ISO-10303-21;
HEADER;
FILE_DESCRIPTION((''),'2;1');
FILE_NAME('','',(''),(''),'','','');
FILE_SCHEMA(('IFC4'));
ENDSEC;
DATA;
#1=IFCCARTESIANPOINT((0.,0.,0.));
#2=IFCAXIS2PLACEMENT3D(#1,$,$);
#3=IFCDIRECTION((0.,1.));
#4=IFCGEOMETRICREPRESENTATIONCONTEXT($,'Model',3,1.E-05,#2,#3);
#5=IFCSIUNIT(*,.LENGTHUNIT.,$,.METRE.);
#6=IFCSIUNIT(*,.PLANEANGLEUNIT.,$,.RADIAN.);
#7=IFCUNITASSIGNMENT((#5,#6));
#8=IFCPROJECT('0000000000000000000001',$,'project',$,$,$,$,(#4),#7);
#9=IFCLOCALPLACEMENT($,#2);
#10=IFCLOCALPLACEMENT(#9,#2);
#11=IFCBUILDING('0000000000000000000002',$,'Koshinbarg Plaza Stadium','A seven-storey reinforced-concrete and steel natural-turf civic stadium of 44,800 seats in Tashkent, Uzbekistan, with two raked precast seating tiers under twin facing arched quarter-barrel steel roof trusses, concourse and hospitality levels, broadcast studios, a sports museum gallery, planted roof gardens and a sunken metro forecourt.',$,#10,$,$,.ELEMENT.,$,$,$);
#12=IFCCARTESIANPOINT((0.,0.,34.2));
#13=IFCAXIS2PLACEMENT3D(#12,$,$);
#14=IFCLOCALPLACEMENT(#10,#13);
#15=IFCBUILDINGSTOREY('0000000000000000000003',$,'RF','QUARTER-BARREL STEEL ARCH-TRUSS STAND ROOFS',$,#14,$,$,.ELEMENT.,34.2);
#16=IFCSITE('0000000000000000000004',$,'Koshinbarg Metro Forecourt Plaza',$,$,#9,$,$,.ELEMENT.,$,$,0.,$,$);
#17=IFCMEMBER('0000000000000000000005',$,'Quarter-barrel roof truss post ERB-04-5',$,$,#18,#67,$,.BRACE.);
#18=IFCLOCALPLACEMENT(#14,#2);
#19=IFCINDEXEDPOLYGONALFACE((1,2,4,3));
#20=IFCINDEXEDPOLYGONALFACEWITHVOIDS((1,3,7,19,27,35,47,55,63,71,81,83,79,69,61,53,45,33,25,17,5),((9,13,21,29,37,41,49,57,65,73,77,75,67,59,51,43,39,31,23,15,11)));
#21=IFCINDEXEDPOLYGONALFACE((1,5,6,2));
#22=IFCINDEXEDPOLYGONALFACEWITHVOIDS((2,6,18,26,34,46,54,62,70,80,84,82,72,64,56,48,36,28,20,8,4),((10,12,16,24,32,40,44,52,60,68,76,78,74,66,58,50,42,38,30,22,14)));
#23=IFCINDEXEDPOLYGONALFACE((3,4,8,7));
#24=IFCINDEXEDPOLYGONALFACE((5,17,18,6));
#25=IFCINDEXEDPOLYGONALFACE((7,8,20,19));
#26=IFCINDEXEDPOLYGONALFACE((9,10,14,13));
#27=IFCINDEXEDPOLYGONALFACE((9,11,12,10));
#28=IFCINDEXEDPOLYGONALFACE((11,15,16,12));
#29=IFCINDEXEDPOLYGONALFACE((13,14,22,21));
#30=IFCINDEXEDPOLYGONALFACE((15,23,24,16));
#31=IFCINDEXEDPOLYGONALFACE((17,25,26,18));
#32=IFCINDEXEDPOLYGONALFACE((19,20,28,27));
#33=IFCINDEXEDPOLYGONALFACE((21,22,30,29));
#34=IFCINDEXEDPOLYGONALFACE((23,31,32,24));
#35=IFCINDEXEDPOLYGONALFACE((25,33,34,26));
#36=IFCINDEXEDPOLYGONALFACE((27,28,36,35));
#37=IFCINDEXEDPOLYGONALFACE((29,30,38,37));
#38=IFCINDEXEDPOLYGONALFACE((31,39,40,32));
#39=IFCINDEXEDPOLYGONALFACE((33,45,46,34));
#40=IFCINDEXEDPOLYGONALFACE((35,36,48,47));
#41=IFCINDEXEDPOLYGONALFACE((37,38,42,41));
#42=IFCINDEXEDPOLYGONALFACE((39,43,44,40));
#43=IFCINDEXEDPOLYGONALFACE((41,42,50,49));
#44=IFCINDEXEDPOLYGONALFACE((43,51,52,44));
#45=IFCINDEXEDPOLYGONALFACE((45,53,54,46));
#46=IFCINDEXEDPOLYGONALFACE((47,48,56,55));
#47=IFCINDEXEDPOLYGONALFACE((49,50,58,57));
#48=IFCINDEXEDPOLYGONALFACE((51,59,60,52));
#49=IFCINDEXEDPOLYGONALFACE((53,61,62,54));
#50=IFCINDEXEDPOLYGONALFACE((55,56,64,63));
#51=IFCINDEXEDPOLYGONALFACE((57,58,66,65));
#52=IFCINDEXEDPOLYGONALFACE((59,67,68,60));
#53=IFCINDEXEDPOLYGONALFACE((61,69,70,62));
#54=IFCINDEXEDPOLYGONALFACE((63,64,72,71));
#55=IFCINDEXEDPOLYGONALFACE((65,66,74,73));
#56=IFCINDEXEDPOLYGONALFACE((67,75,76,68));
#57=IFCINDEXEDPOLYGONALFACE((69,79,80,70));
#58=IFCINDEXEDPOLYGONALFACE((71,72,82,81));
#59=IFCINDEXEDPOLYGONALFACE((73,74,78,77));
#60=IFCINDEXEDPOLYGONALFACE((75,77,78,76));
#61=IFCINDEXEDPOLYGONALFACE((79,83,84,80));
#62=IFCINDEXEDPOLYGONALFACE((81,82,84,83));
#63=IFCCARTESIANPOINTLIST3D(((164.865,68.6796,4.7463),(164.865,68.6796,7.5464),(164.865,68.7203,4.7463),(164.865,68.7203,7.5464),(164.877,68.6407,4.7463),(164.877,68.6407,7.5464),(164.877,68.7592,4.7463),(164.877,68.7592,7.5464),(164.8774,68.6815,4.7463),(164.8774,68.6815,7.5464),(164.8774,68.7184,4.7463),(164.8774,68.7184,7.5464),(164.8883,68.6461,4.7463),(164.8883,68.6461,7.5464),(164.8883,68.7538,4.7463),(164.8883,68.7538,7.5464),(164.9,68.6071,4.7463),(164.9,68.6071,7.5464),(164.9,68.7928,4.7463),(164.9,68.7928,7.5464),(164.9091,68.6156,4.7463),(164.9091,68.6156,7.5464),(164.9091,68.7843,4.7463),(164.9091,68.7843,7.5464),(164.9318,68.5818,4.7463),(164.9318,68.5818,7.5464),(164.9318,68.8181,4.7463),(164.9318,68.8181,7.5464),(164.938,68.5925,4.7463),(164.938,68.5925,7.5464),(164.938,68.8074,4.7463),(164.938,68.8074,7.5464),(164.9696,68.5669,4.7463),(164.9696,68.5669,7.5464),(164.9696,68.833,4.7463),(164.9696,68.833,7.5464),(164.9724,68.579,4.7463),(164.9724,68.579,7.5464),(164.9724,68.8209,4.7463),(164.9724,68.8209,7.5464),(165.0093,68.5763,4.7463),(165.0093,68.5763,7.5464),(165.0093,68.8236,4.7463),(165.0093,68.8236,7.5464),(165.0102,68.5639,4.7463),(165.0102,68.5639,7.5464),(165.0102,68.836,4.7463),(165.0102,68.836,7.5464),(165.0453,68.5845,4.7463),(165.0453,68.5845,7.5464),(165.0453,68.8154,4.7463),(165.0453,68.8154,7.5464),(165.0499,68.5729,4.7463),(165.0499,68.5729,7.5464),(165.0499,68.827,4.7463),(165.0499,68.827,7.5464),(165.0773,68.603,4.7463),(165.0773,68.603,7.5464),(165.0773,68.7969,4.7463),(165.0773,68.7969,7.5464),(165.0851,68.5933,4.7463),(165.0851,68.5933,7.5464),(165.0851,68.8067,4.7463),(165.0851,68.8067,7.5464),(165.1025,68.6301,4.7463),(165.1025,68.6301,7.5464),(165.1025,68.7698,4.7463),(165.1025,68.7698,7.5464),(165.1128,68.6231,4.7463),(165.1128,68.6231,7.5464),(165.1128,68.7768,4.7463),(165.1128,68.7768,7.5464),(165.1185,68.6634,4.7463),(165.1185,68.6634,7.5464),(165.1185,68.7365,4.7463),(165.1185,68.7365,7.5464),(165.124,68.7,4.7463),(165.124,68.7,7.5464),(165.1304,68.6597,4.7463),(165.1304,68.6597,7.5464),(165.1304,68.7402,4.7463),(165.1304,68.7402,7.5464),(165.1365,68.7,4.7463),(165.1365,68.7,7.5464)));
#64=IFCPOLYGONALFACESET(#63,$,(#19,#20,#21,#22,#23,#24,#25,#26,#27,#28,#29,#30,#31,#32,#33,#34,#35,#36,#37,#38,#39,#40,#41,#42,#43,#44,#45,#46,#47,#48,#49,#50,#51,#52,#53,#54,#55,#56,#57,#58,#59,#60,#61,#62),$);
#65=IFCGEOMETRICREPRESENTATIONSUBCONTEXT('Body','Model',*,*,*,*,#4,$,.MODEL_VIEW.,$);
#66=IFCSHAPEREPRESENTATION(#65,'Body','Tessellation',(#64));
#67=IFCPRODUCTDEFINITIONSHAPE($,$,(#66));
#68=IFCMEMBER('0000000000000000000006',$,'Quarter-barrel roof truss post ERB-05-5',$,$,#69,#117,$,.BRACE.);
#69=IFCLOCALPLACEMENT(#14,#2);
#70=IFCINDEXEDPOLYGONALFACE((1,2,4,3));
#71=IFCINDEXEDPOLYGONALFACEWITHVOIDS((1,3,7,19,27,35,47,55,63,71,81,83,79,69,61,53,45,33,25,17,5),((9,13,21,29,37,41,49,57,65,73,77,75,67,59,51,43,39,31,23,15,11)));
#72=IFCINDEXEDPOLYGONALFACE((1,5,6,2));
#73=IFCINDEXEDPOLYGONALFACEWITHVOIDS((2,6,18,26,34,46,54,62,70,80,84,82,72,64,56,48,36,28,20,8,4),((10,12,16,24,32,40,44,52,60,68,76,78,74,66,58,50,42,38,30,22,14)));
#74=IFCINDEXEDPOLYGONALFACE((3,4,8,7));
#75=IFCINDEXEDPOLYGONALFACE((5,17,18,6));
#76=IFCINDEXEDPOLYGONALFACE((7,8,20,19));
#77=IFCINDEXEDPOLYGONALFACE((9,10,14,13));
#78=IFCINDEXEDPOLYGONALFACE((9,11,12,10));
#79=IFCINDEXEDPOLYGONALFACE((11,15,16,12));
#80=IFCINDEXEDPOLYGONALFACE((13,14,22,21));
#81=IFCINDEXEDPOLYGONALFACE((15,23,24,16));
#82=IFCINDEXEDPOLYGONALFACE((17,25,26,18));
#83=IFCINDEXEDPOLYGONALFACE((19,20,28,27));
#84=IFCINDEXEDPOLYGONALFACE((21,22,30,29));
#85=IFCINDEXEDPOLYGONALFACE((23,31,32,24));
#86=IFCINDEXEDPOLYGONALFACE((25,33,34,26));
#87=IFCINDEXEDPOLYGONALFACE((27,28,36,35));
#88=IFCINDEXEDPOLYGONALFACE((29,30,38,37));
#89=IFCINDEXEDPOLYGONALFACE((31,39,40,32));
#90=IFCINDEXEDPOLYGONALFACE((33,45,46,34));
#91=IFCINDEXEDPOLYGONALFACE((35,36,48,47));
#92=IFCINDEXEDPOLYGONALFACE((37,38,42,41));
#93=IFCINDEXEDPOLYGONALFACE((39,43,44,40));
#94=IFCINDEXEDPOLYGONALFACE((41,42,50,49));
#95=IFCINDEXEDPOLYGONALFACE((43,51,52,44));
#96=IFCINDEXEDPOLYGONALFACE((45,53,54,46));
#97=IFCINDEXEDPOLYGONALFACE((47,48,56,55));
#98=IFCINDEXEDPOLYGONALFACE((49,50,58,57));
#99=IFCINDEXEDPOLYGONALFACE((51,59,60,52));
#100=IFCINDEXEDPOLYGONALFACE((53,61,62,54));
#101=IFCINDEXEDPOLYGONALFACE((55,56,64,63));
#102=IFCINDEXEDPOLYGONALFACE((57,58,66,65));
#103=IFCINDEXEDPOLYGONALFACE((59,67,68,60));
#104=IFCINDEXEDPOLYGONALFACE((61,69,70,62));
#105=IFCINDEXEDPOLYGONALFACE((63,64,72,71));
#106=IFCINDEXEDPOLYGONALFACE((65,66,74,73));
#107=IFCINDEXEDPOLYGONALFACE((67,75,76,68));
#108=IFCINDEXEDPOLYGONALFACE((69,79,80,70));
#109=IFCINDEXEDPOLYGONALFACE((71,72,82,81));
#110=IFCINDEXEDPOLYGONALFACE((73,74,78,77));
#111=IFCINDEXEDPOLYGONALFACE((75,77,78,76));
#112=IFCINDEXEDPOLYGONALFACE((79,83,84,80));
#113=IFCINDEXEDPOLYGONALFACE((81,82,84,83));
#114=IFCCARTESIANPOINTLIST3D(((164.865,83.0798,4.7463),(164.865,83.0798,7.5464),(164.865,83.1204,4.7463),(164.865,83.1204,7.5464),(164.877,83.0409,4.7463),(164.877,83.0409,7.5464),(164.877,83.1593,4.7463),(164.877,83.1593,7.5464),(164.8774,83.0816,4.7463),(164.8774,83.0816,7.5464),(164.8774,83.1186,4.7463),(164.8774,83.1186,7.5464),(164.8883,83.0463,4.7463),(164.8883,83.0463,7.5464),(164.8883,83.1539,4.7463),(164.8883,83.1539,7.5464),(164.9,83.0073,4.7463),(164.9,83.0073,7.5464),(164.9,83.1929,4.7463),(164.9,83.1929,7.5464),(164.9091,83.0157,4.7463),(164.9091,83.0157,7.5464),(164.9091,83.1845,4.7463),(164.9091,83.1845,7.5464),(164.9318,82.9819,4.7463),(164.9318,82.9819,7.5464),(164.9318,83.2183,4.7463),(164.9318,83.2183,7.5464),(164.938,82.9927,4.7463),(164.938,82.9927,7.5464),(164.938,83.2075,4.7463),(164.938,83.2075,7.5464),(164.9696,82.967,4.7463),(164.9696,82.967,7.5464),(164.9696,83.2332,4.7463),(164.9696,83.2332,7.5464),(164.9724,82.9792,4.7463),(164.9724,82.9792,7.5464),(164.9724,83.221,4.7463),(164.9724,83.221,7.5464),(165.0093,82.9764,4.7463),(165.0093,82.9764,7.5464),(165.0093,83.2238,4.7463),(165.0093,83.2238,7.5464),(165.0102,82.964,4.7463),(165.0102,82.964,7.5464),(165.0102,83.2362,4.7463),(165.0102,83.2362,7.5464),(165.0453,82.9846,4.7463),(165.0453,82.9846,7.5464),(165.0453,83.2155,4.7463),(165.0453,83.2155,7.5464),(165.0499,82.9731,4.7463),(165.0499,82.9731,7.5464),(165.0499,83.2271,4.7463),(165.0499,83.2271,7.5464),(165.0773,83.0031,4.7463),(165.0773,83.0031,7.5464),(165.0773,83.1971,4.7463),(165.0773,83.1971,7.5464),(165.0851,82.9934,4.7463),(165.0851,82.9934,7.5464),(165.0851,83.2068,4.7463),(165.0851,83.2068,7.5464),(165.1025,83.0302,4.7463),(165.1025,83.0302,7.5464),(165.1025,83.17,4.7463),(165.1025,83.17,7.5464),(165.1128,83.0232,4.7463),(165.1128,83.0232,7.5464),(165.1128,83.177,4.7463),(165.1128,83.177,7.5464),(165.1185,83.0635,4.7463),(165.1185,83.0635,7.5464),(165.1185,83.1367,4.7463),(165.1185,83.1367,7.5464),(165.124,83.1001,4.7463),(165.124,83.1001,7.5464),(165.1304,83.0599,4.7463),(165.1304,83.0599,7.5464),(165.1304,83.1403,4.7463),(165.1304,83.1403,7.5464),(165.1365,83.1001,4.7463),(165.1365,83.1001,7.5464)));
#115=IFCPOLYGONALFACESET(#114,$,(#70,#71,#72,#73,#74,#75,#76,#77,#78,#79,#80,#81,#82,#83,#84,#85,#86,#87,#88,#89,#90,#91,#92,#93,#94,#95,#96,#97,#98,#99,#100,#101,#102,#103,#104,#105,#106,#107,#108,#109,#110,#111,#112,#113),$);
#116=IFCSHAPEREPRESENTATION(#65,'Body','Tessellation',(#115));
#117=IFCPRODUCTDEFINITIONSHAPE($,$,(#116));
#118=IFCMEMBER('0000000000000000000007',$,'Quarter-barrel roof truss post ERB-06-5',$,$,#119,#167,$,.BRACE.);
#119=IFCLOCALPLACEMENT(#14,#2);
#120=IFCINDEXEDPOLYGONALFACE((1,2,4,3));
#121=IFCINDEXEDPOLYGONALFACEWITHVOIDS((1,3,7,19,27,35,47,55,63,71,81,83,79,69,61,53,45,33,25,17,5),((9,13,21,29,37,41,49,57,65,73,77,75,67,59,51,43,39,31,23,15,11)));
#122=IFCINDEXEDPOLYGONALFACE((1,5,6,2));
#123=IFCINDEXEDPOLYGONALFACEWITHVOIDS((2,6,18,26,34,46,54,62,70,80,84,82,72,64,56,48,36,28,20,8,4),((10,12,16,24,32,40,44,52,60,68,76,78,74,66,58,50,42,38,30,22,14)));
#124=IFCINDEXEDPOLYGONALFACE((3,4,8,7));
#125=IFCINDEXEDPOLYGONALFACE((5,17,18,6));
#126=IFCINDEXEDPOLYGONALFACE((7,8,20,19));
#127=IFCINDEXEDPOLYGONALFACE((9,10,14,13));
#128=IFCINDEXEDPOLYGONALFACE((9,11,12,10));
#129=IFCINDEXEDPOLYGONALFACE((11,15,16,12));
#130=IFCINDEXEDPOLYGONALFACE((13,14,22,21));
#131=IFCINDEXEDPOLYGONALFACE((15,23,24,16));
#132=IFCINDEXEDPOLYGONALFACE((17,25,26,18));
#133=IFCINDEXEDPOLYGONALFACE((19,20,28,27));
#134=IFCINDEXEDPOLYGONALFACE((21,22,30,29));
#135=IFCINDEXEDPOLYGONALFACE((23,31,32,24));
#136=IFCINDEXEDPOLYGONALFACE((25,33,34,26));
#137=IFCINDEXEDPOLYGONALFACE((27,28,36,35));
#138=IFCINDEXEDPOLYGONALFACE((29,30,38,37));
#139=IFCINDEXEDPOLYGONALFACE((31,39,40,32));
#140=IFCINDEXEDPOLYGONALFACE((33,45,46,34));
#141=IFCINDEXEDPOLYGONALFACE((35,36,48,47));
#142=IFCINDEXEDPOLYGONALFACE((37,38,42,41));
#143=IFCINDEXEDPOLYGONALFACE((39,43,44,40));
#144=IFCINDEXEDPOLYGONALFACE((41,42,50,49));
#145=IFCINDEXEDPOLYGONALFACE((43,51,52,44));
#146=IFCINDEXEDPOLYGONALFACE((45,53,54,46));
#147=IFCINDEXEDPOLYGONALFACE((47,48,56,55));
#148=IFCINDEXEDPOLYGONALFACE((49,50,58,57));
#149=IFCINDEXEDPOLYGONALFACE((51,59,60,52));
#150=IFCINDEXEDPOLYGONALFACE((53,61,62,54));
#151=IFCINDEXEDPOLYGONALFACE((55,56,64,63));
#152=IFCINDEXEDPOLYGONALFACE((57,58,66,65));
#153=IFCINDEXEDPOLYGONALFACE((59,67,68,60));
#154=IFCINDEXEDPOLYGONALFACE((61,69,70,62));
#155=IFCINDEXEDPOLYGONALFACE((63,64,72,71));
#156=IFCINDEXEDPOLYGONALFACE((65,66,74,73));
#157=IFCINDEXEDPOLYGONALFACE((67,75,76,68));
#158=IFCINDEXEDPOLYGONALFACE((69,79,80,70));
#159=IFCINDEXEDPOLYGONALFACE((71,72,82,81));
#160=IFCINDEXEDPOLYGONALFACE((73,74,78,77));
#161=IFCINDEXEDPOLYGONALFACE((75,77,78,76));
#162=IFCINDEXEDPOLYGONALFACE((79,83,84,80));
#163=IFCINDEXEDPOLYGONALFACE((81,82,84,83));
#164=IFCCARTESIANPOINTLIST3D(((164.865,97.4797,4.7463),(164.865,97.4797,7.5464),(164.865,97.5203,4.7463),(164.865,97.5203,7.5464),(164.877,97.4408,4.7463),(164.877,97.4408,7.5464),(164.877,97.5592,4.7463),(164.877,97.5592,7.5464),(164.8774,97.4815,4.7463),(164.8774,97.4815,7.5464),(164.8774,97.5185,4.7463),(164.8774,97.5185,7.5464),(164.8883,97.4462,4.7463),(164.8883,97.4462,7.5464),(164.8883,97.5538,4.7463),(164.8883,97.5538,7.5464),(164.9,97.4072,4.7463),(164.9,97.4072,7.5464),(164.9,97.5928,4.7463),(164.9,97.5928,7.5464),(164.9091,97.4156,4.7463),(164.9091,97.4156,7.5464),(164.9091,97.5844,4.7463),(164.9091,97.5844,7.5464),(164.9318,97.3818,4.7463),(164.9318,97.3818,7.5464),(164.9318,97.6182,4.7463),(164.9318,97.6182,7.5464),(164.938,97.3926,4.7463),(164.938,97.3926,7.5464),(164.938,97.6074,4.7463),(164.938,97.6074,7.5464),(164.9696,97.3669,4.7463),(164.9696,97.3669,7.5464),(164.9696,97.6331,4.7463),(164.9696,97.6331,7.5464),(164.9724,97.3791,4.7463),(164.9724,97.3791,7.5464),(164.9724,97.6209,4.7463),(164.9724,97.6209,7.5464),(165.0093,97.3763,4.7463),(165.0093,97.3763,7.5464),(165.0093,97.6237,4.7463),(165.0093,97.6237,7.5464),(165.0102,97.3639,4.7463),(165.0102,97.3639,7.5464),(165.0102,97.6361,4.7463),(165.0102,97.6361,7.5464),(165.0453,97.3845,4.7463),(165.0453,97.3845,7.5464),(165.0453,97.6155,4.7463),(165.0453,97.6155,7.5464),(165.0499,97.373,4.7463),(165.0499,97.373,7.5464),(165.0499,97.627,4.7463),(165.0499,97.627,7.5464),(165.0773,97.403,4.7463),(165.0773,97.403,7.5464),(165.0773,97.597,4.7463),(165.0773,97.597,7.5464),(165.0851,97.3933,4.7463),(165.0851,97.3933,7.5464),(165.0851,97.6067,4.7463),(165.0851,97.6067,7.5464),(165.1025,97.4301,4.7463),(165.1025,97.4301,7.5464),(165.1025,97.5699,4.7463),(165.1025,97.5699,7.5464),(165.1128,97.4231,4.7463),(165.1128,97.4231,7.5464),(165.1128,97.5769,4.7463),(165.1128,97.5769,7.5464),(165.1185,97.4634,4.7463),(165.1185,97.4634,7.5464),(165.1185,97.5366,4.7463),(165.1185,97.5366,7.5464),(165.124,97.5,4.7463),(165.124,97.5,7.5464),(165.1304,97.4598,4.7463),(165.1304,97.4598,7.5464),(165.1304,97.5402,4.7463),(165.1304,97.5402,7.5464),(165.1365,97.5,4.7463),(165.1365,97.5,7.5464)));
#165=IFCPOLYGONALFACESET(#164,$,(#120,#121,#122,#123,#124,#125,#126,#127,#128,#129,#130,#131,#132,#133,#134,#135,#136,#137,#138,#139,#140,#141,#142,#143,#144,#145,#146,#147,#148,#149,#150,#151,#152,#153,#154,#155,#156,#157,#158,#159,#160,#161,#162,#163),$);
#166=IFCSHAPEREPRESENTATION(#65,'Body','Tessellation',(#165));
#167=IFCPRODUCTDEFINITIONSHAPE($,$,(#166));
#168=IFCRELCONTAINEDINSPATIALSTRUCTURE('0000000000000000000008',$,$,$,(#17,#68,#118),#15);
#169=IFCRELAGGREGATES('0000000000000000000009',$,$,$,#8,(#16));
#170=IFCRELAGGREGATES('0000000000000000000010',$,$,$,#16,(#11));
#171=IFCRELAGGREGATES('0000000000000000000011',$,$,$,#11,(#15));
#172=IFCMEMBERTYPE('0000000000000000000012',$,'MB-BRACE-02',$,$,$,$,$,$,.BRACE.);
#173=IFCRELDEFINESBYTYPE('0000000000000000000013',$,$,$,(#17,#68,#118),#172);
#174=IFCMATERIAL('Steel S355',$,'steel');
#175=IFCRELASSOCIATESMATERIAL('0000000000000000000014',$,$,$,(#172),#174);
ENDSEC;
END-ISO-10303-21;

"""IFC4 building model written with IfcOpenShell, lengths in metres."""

from ifc_helpers import new_model, si_unit, direction, frame, origin, origin_2d, place, context, subcontext, project, spatial, hollow_circle, extrude, material, material_profile, profile_set, type_object, element, save


model = new_model("IFC4")

# Units and contexts
model_context = context("Model", 3, precision=1e-05, world=origin(), true_north=direction((0.0, 1.0)))
body_context = subcontext(model_context, "Body", "Model", "MODEL_VIEW")
ifc_project = project(units=[si_unit("LENGTHUNIT", "METRE"), si_unit("PLANEANGLEUNIT", "RADIAN")], contexts=[model_context])

# Site, building, storey
site_placement = place(None, origin())
site = spatial("IfcSite", under=ifc_project, at=site_placement, Name="Koshinbarg Metro Forecourt Plaza", CompositionType="ELEMENT", RefElevation=0.0)
building_placement = place(site_placement, origin())
building = spatial("IfcBuilding", under=site, at=building_placement, Name="Koshinbarg Plaza Stadium", Description="A seven-storey reinforced-concrete and steel natural-turf civic stadium of 44,800 seats in Tashkent, Uzbekistan, with two raked precast seating tiers under twin facing arched quarter-barrel steel roof trusses, concourse and hospitality levels, broadcast studios, a sports museum gallery, planted roof gardens and a sunken metro forecourt.", CompositionType="ELEMENT")
storey_placement = place(building_placement, frame((0.0, 0.0, 34.2)))
storey = spatial("IfcBuildingStorey", under=building, at=storey_placement, Name="RF", Description="QUARTER-BARREL STEEL ARCH-TRUSS STAND ROOFS", CompositionType="ELEMENT", Elevation=34.2)

# Members
ifc_material = material(Name="Steel S355", Category="steel")
ifc_material_profile_1 = material_profile(ifc_material, hollow_circle(Radius=0.1365, WallThickness=0.0125, at=origin_2d()), Name="CHS 273x12.5")
ifc_profile_set_1 = profile_set([ifc_material_profile_1], Name="Steel S355")
member_type_1 = type_object("IfcMemberType", Name="MB-BRACE-02", PredefinedType="BRACE", material=ifc_profile_set_1)
for number, where, z_axis, x_axis, name in (
    (1, (165.0, 68.7, 4.7463), (0.0, 0.0, 1.0), (1.0, 0.0, 0.0), "Quarter-barrel roof truss post ERB-04-5"),
    (2, (165.0, 83.1001, 4.7463), (0.0, 0.0, 1.0), (1.0, 0.0, 0.0), "Quarter-barrel roof truss post ERB-05-5"),
    (3, (165.0, 97.5, 4.7463), (0.0, 0.0, 1.0), (1.0, 0.0, 0.0), "Quarter-barrel roof truss post ERB-06-5"),
):
    element("IfcMember", number, at=place(storey_placement, frame(where, z_axis=z_axis, x_axis=x_axis)), inside=storey, type_object=member_type_1, Name=name, PredefinedType="BRACE", context=body_context, shape_type="SweptSolid", body=[
        extrude(hollow_circle(Radius=0.1365, WallThickness=0.0125, at=origin_2d()), origin(), (0.0, 0.0, 1.0), 2.8),
    ])

save(model, "model.ifc")
